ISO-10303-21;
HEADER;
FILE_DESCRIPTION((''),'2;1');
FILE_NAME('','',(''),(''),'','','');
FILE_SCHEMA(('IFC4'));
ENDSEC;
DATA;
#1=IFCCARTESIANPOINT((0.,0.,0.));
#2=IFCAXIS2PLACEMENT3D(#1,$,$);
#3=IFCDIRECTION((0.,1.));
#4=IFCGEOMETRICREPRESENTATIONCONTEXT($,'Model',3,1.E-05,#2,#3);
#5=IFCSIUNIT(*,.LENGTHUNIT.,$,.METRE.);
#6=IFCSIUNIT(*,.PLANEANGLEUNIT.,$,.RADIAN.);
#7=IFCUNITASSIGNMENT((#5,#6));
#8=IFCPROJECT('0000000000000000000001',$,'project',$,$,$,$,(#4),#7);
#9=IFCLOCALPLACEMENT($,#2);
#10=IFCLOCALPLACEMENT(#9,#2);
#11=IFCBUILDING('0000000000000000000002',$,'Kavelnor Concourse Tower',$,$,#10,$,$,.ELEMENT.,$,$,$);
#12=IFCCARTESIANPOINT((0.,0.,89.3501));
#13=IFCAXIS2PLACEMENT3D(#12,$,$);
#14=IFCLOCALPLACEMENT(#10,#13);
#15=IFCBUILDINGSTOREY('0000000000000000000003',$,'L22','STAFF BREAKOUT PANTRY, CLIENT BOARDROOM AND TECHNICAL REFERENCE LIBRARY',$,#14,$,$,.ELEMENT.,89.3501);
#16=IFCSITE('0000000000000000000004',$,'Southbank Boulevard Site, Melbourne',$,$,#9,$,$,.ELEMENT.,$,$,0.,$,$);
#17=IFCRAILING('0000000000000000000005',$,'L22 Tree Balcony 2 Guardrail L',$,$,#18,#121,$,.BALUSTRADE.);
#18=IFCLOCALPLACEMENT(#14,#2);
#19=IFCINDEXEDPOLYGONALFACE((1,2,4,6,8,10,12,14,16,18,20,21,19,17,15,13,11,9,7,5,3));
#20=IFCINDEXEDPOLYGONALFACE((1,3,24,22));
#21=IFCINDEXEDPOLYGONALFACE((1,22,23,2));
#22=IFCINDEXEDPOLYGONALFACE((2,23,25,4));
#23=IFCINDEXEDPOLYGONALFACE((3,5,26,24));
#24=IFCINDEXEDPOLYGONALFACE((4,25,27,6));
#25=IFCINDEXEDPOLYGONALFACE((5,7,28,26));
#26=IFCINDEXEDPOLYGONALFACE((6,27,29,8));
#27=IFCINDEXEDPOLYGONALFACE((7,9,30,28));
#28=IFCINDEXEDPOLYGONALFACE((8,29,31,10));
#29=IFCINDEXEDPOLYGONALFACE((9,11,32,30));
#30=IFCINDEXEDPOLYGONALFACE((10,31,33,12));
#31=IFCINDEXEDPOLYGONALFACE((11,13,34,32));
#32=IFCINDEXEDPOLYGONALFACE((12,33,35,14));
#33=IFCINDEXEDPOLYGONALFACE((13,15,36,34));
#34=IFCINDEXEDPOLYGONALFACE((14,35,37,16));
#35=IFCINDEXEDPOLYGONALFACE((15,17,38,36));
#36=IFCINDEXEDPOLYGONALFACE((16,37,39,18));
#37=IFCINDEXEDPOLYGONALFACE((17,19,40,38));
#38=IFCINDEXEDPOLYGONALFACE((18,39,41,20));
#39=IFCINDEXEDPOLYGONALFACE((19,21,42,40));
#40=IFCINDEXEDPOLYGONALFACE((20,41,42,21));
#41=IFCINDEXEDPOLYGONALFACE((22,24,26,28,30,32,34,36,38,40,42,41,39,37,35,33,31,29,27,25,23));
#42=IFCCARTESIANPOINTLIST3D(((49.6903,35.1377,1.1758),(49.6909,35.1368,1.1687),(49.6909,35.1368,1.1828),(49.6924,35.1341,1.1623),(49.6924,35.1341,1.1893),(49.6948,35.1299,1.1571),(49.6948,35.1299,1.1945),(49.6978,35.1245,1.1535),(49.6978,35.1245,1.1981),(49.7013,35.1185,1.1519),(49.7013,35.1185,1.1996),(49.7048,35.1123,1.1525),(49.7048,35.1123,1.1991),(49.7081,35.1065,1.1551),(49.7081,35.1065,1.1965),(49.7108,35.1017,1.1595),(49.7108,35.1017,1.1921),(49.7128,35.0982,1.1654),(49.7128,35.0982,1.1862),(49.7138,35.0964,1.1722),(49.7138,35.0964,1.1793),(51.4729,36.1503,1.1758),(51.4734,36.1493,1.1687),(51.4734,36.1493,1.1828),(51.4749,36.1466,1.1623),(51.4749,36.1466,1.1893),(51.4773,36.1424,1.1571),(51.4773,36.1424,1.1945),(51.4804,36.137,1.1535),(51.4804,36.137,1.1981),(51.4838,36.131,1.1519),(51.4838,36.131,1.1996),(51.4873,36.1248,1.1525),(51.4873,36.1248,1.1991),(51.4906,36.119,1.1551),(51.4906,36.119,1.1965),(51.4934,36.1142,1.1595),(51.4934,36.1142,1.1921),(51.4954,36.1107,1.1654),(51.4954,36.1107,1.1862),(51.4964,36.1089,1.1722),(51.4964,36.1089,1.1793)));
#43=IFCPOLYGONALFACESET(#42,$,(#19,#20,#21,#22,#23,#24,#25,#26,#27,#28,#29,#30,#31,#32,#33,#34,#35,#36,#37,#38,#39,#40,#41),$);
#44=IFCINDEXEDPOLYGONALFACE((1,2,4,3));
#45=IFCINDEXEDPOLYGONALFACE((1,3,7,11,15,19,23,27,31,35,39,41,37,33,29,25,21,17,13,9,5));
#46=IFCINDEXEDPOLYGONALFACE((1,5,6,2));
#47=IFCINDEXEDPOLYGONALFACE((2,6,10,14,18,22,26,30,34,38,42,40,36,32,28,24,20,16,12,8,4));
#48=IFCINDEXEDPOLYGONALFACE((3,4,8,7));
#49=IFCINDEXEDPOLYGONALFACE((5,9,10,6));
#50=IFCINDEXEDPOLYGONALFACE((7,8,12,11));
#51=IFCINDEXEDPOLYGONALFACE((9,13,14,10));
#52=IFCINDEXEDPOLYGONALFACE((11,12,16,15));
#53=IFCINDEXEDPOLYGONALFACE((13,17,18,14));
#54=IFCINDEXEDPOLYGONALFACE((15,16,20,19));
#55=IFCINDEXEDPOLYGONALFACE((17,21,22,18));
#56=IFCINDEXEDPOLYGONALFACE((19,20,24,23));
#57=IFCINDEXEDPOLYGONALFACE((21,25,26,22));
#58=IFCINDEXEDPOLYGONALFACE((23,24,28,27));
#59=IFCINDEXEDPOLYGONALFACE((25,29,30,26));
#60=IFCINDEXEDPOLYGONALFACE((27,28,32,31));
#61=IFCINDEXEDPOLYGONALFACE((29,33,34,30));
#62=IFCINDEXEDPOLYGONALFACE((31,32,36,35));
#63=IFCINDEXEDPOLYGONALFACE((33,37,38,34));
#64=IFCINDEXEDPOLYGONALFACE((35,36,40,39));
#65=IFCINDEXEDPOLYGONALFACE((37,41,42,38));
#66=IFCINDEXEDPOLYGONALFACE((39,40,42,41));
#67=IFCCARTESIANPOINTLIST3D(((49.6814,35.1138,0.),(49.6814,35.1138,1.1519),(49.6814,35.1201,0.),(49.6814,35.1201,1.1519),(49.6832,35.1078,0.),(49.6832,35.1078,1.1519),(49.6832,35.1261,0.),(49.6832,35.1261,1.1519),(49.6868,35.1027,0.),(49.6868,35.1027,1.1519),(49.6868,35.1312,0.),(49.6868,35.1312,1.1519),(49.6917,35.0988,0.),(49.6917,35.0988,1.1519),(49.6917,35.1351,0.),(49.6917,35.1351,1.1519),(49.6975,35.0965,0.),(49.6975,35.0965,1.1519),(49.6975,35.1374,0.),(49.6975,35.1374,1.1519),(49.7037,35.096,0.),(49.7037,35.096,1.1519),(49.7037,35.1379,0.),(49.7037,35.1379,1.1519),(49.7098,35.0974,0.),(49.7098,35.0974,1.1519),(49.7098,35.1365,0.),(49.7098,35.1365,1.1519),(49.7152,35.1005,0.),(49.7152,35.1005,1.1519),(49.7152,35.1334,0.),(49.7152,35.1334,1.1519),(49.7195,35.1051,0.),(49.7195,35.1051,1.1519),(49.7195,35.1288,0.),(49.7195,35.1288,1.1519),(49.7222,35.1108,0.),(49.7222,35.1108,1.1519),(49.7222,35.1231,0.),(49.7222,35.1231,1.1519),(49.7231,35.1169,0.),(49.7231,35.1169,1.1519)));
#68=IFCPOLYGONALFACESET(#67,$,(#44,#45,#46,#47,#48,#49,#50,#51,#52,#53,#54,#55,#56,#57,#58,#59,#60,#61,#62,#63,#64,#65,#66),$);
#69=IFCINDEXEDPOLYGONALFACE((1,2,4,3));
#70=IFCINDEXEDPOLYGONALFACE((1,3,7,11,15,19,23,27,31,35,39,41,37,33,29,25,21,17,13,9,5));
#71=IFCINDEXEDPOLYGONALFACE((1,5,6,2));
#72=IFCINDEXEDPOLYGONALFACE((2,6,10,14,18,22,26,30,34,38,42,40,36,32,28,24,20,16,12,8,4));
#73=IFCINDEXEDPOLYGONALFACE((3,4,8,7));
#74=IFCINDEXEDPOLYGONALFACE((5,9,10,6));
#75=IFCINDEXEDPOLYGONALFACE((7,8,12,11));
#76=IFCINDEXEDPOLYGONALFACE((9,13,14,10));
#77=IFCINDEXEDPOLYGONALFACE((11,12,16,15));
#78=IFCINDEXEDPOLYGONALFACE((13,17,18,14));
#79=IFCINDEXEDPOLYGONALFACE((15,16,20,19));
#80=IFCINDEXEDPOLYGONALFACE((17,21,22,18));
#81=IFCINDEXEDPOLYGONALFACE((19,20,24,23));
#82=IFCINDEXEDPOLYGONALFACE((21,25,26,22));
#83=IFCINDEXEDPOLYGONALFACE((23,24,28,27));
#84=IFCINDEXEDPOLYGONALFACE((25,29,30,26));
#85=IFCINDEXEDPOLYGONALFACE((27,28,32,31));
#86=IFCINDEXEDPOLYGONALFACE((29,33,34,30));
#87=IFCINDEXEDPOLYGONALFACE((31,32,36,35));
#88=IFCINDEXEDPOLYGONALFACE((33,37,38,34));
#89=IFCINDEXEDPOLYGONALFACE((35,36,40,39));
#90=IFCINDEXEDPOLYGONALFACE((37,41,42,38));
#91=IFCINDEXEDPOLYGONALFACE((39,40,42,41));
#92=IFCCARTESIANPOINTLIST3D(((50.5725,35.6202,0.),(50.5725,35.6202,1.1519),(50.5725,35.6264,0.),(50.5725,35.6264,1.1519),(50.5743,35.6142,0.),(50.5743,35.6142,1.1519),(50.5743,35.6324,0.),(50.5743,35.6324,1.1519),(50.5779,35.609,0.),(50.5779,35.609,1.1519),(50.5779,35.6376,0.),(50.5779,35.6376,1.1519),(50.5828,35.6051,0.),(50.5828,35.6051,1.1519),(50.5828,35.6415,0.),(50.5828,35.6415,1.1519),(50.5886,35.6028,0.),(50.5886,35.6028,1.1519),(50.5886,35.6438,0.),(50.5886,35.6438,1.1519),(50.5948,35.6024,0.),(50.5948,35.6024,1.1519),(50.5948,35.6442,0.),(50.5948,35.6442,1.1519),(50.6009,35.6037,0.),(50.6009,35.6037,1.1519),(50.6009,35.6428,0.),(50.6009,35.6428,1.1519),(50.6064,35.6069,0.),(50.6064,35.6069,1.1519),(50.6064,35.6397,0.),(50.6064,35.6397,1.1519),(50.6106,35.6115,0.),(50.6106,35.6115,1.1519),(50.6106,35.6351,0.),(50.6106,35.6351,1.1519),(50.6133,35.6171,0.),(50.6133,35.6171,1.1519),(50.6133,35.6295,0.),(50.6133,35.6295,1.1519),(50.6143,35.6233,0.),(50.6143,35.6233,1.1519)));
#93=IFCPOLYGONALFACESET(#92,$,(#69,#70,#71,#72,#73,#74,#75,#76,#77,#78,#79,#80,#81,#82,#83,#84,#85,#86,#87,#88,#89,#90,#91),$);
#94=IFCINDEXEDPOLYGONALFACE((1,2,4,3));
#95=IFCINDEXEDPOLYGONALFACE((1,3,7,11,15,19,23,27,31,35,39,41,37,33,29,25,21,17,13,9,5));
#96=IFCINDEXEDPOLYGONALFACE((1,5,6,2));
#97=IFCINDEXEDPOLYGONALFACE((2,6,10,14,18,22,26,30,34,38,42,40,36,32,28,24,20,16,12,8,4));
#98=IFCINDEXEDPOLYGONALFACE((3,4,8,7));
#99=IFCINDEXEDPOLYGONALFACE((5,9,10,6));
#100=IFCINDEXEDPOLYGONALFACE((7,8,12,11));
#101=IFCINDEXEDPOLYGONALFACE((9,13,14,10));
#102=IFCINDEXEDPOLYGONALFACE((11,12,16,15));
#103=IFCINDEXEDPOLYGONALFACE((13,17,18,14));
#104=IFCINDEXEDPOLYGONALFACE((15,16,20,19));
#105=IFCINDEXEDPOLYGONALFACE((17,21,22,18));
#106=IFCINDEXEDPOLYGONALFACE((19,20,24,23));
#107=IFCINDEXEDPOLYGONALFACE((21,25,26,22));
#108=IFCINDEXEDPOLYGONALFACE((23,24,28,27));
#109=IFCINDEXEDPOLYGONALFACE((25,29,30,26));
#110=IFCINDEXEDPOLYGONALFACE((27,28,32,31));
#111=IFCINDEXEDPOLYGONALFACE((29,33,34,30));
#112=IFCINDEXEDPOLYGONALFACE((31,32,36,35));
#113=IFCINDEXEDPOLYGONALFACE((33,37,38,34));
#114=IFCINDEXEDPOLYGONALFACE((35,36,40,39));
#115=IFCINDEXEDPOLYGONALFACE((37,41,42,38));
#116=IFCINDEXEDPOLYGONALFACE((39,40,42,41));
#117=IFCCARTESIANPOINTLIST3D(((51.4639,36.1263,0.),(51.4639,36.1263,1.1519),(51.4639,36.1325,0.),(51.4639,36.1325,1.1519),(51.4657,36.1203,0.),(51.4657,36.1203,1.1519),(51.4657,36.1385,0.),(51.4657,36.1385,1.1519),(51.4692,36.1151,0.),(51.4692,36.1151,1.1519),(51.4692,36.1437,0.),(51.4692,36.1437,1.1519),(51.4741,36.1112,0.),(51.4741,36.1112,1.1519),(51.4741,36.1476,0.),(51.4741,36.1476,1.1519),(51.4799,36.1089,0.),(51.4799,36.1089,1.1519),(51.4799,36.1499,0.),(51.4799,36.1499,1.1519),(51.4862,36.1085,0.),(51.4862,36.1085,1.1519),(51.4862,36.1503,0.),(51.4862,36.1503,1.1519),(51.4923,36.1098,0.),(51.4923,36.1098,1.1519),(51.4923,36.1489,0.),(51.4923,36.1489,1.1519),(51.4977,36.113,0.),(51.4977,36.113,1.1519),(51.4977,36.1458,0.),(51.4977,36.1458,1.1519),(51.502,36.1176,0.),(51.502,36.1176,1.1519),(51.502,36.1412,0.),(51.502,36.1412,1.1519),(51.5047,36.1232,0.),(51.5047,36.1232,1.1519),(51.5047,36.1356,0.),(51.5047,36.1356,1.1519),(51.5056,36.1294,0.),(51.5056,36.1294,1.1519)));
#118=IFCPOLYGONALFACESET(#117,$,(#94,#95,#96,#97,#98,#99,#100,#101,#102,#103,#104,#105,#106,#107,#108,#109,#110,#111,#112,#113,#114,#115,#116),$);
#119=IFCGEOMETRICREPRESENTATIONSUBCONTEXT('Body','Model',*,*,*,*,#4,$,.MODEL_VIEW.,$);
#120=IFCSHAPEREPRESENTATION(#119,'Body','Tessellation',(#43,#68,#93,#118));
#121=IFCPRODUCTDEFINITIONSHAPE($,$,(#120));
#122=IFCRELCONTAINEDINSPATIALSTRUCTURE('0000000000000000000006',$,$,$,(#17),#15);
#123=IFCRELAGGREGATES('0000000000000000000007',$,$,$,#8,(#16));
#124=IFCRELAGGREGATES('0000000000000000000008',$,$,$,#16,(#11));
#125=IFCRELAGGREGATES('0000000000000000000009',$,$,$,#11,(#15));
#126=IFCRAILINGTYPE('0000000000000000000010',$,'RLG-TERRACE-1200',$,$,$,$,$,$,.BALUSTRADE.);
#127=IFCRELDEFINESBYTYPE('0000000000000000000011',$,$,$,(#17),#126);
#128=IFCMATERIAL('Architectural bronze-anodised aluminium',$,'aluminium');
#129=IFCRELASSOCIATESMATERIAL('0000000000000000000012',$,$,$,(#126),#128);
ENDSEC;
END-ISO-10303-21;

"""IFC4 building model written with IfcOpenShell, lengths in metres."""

from ifc_helpers import new_model, si_unit, direction, frame, origin, origin_2d, place, context, subcontext, project, spatial, circle, extrude, material, type_object, element, save


model = new_model("IFC4")

# Units and contexts
model_context = context("Model", 3, precision=1e-05, world=origin(), true_north=direction((0.0, 1.0)))
body_context = subcontext(model_context, "Body", "Model", "MODEL_VIEW")
ifc_project = project(units=[si_unit("LENGTHUNIT", "METRE"), si_unit("PLANEANGLEUNIT", "RADIAN")], contexts=[model_context])

# Site, building, storey
site_placement = place(None, origin())
site = spatial("IfcSite", under=ifc_project, at=site_placement, Name="Southbank Boulevard Site, Melbourne", CompositionType="ELEMENT", RefElevation=0.0)
building_placement = place(site_placement, origin())
building = spatial("IfcBuilding", under=site, at=building_placement, Name="Kavelnor Concourse Tower", CompositionType="ELEMENT")
storey_placement = place(building_placement, frame((0.0, 0.0, 89.3501)))
storey = spatial("IfcBuildingStorey", under=building, at=storey_placement, Name="L22", Description="STAFF BREAKOUT PANTRY, CLIENT BOARDROOM AND TECHNICAL REFERENCE LIBRARY", CompositionType="ELEMENT", Elevation=89.3501)

# Railing
ifc_material_1 = material(Name="Architectural bronze-anodised aluminium", Category="aluminium")
railing_type = type_object("IfcRailingType", Name="RLG-TERRACE-1200", PredefinedType="BALUSTRADE", material=ifc_material_1)
railing_1_placement = place(storey_placement, frame((49.7021, 35.1169, 0.0)))
element("IfcRailing", 1, at=railing_1_placement, inside=storey, type_object=railing_type, Name="L22 Tree Balcony 2 Guardrail L", PredefinedType="BALUSTRADE", context=body_context, shape_type="SweptSolid", body=[
    extrude(circle(Radius=0.0239, at=origin_2d()), frame((0.0, 0.0, 1.1758), z_axis=(0.869523, 0.493893, 0.0), x_axis=(-0.493893, 0.869523, 0.0)), (0.0, 0.0, 1.0), 2.05),
    extrude(circle(Radius=0.021, at=origin_2d()), origin(), (0.0, 0.0, 1.0), 1.1519),
    extrude(circle(Radius=0.021, at=origin_2d()), frame((0.8911, 0.5063, 0.0)), (0.0, 0.0, 1.0), 1.1519),
    extrude(circle(Radius=0.021, at=origin_2d()), frame((1.7825, 1.0125, 0.0)), (0.0, 0.0, 1.0), 1.1519),
])

save(model, "model.ifc")
